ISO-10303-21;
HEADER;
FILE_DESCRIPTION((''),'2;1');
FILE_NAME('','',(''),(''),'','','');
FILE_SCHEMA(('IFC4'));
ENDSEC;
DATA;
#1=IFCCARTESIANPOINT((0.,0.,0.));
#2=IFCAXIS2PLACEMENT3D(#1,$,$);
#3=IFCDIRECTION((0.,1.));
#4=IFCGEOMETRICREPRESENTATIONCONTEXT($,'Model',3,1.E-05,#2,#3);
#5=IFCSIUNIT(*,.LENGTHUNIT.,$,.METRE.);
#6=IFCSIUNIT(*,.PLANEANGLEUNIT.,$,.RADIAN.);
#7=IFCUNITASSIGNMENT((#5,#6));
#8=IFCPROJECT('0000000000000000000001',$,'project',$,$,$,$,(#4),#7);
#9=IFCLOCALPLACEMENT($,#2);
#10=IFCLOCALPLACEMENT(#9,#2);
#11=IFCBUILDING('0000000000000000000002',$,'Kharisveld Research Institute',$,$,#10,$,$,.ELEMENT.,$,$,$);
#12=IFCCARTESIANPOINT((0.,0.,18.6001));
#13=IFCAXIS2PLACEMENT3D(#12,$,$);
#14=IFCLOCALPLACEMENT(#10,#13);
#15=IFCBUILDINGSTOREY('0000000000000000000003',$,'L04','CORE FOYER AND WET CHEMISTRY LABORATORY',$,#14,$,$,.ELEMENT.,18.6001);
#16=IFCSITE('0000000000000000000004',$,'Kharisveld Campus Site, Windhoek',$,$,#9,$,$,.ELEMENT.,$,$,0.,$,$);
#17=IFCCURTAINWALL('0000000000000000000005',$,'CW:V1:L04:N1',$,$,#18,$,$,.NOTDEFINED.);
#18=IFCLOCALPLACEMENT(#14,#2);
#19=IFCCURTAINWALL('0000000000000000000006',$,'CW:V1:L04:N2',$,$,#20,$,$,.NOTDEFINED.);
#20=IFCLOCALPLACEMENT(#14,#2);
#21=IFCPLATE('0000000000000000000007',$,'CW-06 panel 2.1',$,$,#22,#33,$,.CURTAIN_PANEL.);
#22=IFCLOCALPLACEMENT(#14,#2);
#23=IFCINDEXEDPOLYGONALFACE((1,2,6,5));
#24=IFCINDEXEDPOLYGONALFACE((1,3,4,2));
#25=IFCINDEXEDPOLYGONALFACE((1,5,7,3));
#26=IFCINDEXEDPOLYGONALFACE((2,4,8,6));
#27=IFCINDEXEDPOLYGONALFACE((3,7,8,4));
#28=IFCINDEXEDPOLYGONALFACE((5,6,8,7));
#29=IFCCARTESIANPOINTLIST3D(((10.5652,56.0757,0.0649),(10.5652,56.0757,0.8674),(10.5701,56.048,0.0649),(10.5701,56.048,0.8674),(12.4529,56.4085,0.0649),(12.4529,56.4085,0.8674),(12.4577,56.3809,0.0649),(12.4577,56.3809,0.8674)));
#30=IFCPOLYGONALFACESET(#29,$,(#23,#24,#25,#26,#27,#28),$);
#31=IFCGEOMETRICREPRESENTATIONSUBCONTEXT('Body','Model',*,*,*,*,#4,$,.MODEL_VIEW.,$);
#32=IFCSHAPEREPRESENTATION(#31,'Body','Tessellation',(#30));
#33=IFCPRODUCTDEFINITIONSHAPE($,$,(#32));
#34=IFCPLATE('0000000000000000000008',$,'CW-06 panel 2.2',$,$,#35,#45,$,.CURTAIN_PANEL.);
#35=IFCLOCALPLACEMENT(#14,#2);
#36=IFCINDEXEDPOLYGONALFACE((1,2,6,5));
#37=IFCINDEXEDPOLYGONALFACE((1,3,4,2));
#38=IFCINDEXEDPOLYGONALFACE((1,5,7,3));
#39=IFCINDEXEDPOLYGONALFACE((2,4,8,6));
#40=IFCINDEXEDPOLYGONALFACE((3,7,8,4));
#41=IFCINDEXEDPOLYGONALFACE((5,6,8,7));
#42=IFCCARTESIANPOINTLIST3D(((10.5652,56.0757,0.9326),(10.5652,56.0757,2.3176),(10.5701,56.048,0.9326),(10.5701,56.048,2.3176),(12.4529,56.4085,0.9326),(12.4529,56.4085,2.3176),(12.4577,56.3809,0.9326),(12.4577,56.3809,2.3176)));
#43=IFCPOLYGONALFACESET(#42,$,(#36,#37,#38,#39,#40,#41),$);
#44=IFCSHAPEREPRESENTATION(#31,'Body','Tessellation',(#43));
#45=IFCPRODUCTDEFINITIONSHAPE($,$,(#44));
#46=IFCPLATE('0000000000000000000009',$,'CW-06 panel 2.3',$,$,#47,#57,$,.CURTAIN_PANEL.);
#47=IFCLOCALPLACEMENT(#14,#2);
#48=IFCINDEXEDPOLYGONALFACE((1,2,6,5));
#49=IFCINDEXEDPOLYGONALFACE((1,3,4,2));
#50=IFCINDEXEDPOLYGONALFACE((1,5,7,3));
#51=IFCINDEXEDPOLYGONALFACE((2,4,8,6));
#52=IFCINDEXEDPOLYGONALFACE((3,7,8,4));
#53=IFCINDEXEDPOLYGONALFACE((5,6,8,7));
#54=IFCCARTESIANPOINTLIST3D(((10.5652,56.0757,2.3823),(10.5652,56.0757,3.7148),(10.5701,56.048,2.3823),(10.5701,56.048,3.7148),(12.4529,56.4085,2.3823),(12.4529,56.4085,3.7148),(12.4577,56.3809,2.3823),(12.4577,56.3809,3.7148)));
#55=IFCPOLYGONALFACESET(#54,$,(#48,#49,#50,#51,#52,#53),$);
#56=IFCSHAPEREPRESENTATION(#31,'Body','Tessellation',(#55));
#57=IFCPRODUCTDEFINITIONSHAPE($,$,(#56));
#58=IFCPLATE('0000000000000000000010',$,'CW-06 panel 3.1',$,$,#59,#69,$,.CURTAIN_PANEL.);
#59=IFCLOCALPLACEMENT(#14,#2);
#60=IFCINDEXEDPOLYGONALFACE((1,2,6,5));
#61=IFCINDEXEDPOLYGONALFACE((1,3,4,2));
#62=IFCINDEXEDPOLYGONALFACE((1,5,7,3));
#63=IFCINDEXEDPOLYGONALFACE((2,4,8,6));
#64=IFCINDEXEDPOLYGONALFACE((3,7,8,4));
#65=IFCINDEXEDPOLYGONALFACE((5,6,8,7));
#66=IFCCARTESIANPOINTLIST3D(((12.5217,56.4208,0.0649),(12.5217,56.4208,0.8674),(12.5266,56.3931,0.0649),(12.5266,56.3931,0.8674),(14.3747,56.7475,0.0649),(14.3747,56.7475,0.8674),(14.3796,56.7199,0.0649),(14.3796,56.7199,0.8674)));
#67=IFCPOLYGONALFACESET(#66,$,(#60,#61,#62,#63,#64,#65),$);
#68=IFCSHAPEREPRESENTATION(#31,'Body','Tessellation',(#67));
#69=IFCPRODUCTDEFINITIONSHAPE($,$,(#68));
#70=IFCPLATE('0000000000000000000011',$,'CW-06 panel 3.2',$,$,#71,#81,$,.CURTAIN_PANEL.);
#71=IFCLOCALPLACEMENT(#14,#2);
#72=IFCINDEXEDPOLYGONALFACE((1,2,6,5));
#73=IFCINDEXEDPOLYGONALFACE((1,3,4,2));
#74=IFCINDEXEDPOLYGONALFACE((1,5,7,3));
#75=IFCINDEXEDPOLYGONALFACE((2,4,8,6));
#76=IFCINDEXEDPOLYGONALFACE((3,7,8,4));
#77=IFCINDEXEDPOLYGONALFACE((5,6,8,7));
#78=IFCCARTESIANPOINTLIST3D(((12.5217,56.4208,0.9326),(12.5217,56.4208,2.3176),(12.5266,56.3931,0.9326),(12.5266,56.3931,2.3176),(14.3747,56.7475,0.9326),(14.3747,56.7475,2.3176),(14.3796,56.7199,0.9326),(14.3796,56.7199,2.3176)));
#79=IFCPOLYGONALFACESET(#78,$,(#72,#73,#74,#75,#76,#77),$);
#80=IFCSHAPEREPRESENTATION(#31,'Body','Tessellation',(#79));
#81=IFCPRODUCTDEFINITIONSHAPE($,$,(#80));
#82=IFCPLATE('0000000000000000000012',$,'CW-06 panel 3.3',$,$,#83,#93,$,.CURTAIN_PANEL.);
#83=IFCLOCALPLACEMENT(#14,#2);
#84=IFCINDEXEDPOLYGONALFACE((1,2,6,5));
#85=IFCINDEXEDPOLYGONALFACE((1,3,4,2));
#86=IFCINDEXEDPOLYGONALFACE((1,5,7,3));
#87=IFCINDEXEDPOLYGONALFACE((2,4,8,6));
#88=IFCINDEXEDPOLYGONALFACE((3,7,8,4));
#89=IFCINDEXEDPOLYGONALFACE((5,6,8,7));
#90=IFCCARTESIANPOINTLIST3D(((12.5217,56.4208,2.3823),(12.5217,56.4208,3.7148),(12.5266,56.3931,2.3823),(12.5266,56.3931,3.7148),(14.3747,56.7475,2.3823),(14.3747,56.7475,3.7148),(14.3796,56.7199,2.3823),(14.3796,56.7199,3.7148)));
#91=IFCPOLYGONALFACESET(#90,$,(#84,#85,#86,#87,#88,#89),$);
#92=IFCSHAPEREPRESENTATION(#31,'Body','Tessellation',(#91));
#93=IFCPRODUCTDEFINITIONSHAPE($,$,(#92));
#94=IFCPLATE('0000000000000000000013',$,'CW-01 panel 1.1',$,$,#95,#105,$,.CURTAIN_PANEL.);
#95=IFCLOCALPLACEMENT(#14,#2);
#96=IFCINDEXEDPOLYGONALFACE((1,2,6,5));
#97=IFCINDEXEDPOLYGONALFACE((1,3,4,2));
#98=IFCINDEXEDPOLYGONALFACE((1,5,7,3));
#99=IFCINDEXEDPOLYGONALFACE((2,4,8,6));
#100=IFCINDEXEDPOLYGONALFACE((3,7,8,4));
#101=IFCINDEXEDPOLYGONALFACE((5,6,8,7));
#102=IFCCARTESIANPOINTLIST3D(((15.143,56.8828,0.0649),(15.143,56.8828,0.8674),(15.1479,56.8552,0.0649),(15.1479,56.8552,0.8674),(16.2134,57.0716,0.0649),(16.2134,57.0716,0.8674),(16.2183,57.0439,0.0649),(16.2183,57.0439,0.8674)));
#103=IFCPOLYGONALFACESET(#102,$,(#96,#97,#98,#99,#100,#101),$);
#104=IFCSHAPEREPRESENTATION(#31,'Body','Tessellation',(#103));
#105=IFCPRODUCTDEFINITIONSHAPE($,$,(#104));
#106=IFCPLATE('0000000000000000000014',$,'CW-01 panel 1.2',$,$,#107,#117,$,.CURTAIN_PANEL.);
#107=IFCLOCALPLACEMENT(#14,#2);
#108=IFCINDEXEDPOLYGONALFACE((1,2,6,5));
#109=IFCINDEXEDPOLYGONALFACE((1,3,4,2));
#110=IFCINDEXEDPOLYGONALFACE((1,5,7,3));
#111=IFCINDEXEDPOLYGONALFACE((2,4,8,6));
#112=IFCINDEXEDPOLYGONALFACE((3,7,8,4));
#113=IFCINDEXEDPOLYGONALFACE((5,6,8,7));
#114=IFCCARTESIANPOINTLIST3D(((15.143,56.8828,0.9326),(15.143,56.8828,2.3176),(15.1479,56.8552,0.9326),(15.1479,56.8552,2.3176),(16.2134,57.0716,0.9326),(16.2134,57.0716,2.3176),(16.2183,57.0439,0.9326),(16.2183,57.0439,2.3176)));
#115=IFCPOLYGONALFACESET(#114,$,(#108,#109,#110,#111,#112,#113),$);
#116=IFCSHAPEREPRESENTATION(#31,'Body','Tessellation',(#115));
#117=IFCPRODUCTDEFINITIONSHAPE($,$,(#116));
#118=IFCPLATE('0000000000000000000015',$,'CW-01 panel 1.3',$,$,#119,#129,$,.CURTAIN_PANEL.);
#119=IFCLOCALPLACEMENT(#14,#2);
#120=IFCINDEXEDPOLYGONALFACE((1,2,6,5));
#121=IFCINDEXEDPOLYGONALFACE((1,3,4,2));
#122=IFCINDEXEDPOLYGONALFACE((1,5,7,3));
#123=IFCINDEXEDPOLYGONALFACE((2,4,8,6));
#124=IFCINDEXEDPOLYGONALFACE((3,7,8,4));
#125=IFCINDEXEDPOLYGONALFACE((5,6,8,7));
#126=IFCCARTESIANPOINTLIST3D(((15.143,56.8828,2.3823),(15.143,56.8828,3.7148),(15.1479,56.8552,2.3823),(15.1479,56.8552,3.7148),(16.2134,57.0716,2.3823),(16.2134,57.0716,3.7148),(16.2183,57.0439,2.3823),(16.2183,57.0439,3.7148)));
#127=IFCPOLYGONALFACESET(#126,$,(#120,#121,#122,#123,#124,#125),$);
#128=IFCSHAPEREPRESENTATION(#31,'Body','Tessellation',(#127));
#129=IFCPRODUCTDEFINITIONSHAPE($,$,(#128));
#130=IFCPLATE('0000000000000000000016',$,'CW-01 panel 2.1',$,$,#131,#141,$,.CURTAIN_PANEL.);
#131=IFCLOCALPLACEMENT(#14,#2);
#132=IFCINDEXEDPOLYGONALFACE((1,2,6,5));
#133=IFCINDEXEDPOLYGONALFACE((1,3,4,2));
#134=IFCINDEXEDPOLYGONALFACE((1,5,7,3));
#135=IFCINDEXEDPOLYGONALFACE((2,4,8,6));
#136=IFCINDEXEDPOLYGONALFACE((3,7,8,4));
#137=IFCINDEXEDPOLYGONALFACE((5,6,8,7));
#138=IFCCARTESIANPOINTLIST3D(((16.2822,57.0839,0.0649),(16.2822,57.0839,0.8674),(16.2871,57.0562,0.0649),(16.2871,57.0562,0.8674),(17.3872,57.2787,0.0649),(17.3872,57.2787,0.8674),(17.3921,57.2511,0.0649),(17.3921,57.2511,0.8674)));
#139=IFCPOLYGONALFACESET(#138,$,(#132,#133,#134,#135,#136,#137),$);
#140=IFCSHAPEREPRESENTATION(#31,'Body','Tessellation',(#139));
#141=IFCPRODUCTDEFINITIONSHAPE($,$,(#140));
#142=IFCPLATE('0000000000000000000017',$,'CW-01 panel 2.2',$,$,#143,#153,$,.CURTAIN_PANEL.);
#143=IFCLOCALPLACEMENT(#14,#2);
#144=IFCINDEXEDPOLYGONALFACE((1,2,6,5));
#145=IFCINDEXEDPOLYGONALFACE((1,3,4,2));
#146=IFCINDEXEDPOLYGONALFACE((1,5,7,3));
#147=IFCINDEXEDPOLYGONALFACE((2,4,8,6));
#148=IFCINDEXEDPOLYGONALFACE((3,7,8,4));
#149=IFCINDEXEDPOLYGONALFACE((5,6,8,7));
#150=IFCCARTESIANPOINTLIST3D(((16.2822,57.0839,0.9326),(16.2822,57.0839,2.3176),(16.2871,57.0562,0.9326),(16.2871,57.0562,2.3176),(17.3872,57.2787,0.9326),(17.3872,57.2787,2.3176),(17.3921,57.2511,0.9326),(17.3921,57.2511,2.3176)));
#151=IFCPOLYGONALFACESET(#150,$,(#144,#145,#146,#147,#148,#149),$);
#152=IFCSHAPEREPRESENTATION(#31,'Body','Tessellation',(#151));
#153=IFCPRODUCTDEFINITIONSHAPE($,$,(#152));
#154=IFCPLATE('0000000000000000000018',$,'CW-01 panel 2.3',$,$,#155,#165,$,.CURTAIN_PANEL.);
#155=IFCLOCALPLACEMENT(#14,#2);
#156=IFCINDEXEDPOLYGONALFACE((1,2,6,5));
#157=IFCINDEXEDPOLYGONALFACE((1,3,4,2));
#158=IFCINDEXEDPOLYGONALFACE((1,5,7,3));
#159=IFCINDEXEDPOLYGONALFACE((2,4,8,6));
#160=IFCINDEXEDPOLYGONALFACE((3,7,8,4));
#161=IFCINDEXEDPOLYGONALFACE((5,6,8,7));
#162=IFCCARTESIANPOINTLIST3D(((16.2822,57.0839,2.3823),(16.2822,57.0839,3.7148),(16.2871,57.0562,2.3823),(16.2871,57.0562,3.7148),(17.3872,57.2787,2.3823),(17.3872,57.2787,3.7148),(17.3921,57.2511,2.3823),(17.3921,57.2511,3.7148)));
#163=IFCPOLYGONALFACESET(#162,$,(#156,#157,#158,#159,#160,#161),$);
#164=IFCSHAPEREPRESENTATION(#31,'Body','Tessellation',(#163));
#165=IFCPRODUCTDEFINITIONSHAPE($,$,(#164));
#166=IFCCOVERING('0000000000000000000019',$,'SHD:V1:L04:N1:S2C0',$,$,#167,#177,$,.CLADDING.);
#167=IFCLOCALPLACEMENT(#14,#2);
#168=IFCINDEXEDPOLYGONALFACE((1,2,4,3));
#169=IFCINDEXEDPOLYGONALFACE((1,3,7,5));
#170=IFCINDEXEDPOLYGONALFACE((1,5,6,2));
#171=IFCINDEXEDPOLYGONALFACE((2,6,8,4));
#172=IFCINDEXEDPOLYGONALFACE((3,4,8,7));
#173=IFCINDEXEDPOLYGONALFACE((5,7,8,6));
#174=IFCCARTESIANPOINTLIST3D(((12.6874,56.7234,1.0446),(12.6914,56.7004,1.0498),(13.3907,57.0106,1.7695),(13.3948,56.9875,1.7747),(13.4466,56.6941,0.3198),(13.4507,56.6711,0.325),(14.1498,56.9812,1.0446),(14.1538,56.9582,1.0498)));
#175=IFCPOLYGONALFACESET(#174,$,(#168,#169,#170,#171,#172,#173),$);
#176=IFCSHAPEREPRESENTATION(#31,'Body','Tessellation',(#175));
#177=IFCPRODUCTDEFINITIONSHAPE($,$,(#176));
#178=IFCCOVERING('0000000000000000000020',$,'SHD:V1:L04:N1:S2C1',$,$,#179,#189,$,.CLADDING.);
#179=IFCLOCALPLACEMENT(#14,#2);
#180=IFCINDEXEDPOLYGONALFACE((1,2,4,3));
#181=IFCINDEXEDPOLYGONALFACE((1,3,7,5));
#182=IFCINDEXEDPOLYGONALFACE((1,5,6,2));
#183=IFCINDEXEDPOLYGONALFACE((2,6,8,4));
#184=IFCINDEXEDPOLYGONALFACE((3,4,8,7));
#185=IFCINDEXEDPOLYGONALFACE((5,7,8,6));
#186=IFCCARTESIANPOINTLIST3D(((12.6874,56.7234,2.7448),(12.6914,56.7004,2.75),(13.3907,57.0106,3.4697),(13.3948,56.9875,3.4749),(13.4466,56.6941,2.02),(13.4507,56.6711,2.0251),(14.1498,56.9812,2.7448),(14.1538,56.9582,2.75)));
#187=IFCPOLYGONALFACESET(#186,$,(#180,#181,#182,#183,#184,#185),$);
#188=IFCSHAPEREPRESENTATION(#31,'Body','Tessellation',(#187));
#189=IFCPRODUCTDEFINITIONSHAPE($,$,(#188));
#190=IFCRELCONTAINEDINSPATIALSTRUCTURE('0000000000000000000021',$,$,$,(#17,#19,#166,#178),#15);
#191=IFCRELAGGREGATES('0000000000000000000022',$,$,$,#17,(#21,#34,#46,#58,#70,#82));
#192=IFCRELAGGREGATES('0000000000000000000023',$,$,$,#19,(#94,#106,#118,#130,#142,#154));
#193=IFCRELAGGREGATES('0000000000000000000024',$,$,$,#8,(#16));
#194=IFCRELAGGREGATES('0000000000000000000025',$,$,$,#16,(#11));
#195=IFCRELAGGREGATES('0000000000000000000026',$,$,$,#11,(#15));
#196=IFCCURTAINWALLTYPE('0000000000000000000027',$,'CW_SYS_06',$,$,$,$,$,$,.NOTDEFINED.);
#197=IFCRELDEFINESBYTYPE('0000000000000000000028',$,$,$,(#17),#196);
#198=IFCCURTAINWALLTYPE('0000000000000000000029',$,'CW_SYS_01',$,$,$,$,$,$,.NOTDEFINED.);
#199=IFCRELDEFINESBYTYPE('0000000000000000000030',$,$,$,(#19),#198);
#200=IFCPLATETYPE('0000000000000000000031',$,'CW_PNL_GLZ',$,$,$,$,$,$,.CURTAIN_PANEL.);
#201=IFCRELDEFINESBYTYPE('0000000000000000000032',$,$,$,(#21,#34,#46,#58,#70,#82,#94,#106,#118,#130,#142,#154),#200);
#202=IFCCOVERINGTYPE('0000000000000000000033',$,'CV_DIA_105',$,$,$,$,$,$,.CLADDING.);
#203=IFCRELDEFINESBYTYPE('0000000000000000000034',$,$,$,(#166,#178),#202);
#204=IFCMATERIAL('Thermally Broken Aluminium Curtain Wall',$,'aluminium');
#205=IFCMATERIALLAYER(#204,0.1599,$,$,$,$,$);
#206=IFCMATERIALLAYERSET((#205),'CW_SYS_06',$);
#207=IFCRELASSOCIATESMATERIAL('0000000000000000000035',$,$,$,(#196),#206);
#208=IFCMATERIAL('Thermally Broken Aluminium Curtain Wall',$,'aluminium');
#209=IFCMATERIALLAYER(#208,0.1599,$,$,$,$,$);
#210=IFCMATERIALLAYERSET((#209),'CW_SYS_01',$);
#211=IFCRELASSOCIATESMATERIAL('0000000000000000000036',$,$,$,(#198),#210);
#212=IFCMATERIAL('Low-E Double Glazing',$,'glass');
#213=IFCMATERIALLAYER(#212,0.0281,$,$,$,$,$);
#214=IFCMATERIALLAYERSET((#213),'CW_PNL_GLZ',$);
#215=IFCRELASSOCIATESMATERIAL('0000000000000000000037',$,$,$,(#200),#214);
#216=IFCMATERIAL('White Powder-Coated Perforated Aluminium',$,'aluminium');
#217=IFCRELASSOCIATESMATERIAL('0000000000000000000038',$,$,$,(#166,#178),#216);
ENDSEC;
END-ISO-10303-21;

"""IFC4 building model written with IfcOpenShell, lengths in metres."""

from ifc_helpers import new_model, si_unit, direction, frame, origin, origin_2d, place, context, subcontext, project, spatial, polyline, rectangle, outline, extrude, material, layer, layer_set, type_object, element, aggregate, save


model = new_model("IFC4")

# Units and contexts
model_context = context("Model", 3, precision=1e-05, world=origin(), true_north=direction((0.0, 1.0)))
body_context = subcontext(model_context, "Body", "Model", "MODEL_VIEW")
ifc_project = project(units=[si_unit("LENGTHUNIT", "METRE"), si_unit("PLANEANGLEUNIT", "RADIAN")], contexts=[model_context])

# Site, building, storey
site_placement = place(None, origin())
site = spatial("IfcSite", under=ifc_project, at=site_placement, Name="Kharisveld Campus Site, Windhoek", CompositionType="ELEMENT", RefElevation=0.0)
building_placement = place(site_placement, origin())
building = spatial("IfcBuilding", under=site, at=building_placement, Name="Kharisveld Research Institute", CompositionType="ELEMENT")
storey_placement = place(building_placement, frame((0.0, 0.0, 18.6001)))
storey = spatial("IfcBuildingStorey", under=building, at=storey_placement, Name="L04", Description="CORE FOYER AND WET CHEMISTRY LABORATORY", CompositionType="ELEMENT", Elevation=18.6001)

# Curtain walls
ifc_material_1 = material(Name="Thermally Broken Aluminium Curtain Wall", Category="aluminium")
ifc_layer_1 = layer(ifc_material_1, 0.1599)
ifc_layer_set_1 = layer_set([ifc_layer_1], Name="CW_SYS_06")
curtain_wall_type_1 = type_object("IfcCurtainWallType", Name="CW_SYS_06", PredefinedType="NOTDEFINED", material=ifc_layer_set_1)
curtain_wall_1_placement = place(storey_placement, origin())
curtain_wall_1 = element("IfcCurtainWall", 1, at=curtain_wall_1_placement, inside=storey, type_object=curtain_wall_type_1, Name="CW:V1:L04:N1", PredefinedType="NOTDEFINED")
ifc_material_2 = material(Name="Thermally Broken Aluminium Curtain Wall", Category="aluminium")
ifc_layer_2 = layer(ifc_material_2, 0.1599)
ifc_layer_set_2 = layer_set([ifc_layer_2], Name="CW_SYS_01")
curtain_wall_type_2 = type_object("IfcCurtainWallType", Name="CW_SYS_01", PredefinedType="NOTDEFINED", material=ifc_layer_set_2)
curtain_wall_2_placement = place(storey_placement, origin())
curtain_wall_2 = element("IfcCurtainWall", 2, at=curtain_wall_2_placement, inside=storey, type_object=curtain_wall_type_2, Name="CW:V1:L04:N2", PredefinedType="NOTDEFINED")

# Plates
ifc_material_3 = material(Name="Low-E Double Glazing", Category="glass")
ifc_layer_3 = layer(ifc_material_3, 0.0281)
ifc_layer_set_3 = layer_set([ifc_layer_3], Name="CW_PNL_GLZ")
plate_type = type_object("IfcPlateType", Name="CW_PNL_GLZ", PredefinedType="CURTAIN_PANEL", material=ifc_layer_set_3)
plate_1_placement = place(storey_placement, frame((11.5115, 56.2283, 0.0649), z_axis=(0.0, 0.0, 1.0), x_axis=(0.984808, 0.173648, 0.0)))
plate_1 = element("IfcPlate", 3, at=plate_1_placement, type_object=plate_type, Name="CW-06 panel 2.1", PredefinedType="CURTAIN_PANEL", context=body_context, shape_type="SweptSolid", body=[
    extrude(rectangle(XDim=1.9167, YDim=0.0281, at=origin_2d()), origin(), (0.0, 0.0, 1.0), 0.8025),
])
plate_2_placement = place(storey_placement, frame((11.5115, 56.2283, 0.9326), z_axis=(0.0, 0.0, 1.0), x_axis=(0.984808, 0.173648, 0.0)))
plate_2 = element("IfcPlate", 4, at=plate_2_placement, type_object=plate_type, Name="CW-06 panel 2.2", PredefinedType="CURTAIN_PANEL", context=body_context, shape_type="SweptSolid", body=[
    extrude(rectangle(XDim=1.9167, YDim=0.0281, at=origin_2d()), origin(), (0.0, 0.0, 1.0), 1.385),
])
plate_3_placement = place(storey_placement, frame((11.5115, 56.2283, 2.3823), z_axis=(0.0, 0.0, 1.0), x_axis=(0.984808, 0.173648, 0.0)))
plate_3 = element("IfcPlate", 5, at=plate_3_placement, type_object=plate_type, Name="CW-06 panel 2.3", PredefinedType="CURTAIN_PANEL", context=body_context, shape_type="SweptSolid", body=[
    extrude(rectangle(XDim=1.9167, YDim=0.0281, at=origin_2d()), origin(), (0.0, 0.0, 1.0), 1.3325),
])
plate_4_placement = place(storey_placement, frame((13.4507, 56.5703, 0.0649), z_axis=(0.0, 0.0, 1.0), x_axis=(0.984808, 0.173648, 0.0)))
plate_4 = element("IfcPlate", 6, at=plate_4_placement, type_object=plate_type, Name="CW-06 panel 3.1", PredefinedType="CURTAIN_PANEL", context=body_context, shape_type="SweptSolid", body=[
    extrude(rectangle(XDim=1.8816, YDim=0.0281, at=origin_2d()), origin(), (0.0, 0.0, 1.0), 0.8025),
])
plate_5_placement = place(storey_placement, frame((13.4507, 56.5703, 0.9326), z_axis=(0.0, 0.0, 1.0), x_axis=(0.984808, 0.173648, 0.0)))
plate_5 = element("IfcPlate", 7, at=plate_5_placement, type_object=plate_type, Name="CW-06 panel 3.2", PredefinedType="CURTAIN_PANEL", context=body_context, shape_type="SweptSolid", body=[
    extrude(rectangle(XDim=1.8816, YDim=0.0281, at=origin_2d()), origin(), (0.0, 0.0, 1.0), 1.385),
])
plate_6_placement = place(storey_placement, frame((13.4507, 56.5703, 2.3823), z_axis=(0.0, 0.0, 1.0), x_axis=(0.984808, 0.173648, 0.0)))
plate_6 = element("IfcPlate", 8, at=plate_6_placement, type_object=plate_type, Name="CW-06 panel 3.3", PredefinedType="CURTAIN_PANEL", context=body_context, shape_type="SweptSolid", body=[
    extrude(rectangle(XDim=1.8816, YDim=0.0281, at=origin_2d()), origin(), (0.0, 0.0, 1.0), 1.3325),
])
aggregate(curtain_wall_1, [plate_1, plate_2, plate_3, plate_4, plate_5, plate_6])
plate_7_placement = place(storey_placement, frame((15.6807, 56.9634, 0.0649), z_axis=(0.0, 0.0, 1.0), x_axis=(0.984808, 0.173648, 0.0)))
plate_7 = element("IfcPlate", 9, at=plate_7_placement, type_object=plate_type, Name="CW-01 panel 1.1", PredefinedType="CURTAIN_PANEL", context=body_context, shape_type="SweptSolid", body=[
    extrude(rectangle(XDim=1.0869, YDim=0.0281, at=origin_2d()), origin(), (0.0, 0.0, 1.0), 0.8025),
])
plate_8_placement = place(storey_placement, frame((15.6807, 56.9634, 0.9326), z_axis=(0.0, 0.0, 1.0), x_axis=(0.984808, 0.173648, 0.0)))
plate_8 = element("IfcPlate", 10, at=plate_8_placement, type_object=plate_type, Name="CW-01 panel 1.2", PredefinedType="CURTAIN_PANEL", context=body_context, shape_type="SweptSolid", body=[
    extrude(rectangle(XDim=1.0869, YDim=0.0281, at=origin_2d()), origin(), (0.0, 0.0, 1.0), 1.385),
])
plate_9_placement = place(storey_placement, frame((15.6807, 56.9634, 2.3823), z_axis=(0.0, 0.0, 1.0), x_axis=(0.984808, 0.173648, 0.0)))
plate_9 = element("IfcPlate", 11, at=plate_9_placement, type_object=plate_type, Name="CW-01 panel 1.3", PredefinedType="CURTAIN_PANEL", context=body_context, shape_type="SweptSolid", body=[
    extrude(rectangle(XDim=1.0869, YDim=0.0281, at=origin_2d()), origin(), (0.0, 0.0, 1.0), 1.3325),
])
plate_10_placement = place(storey_placement, frame((16.8372, 57.1675, 0.0649), z_axis=(0.0, 0.0, 1.0), x_axis=(0.984808, 0.173648, 0.0)))
plate_10 = element("IfcPlate", 12, at=plate_10_placement, type_object=plate_type, Name="CW-01 panel 2.1", PredefinedType="CURTAIN_PANEL", context=body_context, shape_type="SweptSolid", body=[
    extrude(rectangle(XDim=1.1221, YDim=0.0281, at=origin_2d()), origin(), (0.0, 0.0, 1.0), 0.8025),
])
plate_11_placement = place(storey_placement, frame((16.8372, 57.1675, 0.9326), z_axis=(0.0, 0.0, 1.0), x_axis=(0.984808, 0.173648, 0.0)))
plate_11 = element("IfcPlate", 13, at=plate_11_placement, type_object=plate_type, Name="CW-01 panel 2.2", PredefinedType="CURTAIN_PANEL", context=body_context, shape_type="SweptSolid", body=[
    extrude(rectangle(XDim=1.1221, YDim=0.0281, at=origin_2d()), origin(), (0.0, 0.0, 1.0), 1.385),
])
plate_12_placement = place(storey_placement, frame((16.8372, 57.1675, 2.3823), z_axis=(0.0, 0.0, 1.0), x_axis=(0.984808, 0.173648, 0.0)))
plate_12 = element("IfcPlate", 14, at=plate_12_placement, type_object=plate_type, Name="CW-01 panel 2.3", PredefinedType="CURTAIN_PANEL", context=body_context, shape_type="SweptSolid", body=[
    extrude(rectangle(XDim=1.1221, YDim=0.0281, at=origin_2d()), origin(), (0.0, 0.0, 1.0), 1.3325),
])
aggregate(curtain_wall_2, [plate_7, plate_8, plate_9, plate_10, plate_11, plate_12])

# Coverings
ifc_material_4 = material(Name="White Powder-Coated Perforated Aluminium", Category="aluminium")
covering_type = type_object("IfcCoveringType", Name="CV_DIA_105", PredefinedType="CLADDING")
for number, where, z_axis, x_axis, name in (
    (15, (13.4507, 56.6711, 0.325), (0.169503, -0.961481, 0.216385), (0.669728, 0.273452, 0.690426), "SHD:V1:L04:N1:S2C0"),
    (16, (13.4507, 56.6711, 2.0251), (0.169503, -0.961481, 0.216385), (0.669728, 0.273452, 0.690426), "SHD:V1:L04:N1:S2C1"),
):
    element("IfcCovering", number, at=place(storey_placement, frame(where, z_axis=z_axis, x_axis=x_axis)), inside=storey, type_object=covering_type, material=ifc_material_4, Name=name, PredefinedType="CLADDING", context=body_context, shape_type="SweptSolid", body=[
        extrude(outline(polyline([(0.0, 0.0), (1.0499, 0.0), (1.05, 1.05), (0.0, 1.0501), (0.0, 0.0)])), origin(), (0.0, 0.0, -1.0), 0.0239),
    ])

save(model, "model.ifc")
